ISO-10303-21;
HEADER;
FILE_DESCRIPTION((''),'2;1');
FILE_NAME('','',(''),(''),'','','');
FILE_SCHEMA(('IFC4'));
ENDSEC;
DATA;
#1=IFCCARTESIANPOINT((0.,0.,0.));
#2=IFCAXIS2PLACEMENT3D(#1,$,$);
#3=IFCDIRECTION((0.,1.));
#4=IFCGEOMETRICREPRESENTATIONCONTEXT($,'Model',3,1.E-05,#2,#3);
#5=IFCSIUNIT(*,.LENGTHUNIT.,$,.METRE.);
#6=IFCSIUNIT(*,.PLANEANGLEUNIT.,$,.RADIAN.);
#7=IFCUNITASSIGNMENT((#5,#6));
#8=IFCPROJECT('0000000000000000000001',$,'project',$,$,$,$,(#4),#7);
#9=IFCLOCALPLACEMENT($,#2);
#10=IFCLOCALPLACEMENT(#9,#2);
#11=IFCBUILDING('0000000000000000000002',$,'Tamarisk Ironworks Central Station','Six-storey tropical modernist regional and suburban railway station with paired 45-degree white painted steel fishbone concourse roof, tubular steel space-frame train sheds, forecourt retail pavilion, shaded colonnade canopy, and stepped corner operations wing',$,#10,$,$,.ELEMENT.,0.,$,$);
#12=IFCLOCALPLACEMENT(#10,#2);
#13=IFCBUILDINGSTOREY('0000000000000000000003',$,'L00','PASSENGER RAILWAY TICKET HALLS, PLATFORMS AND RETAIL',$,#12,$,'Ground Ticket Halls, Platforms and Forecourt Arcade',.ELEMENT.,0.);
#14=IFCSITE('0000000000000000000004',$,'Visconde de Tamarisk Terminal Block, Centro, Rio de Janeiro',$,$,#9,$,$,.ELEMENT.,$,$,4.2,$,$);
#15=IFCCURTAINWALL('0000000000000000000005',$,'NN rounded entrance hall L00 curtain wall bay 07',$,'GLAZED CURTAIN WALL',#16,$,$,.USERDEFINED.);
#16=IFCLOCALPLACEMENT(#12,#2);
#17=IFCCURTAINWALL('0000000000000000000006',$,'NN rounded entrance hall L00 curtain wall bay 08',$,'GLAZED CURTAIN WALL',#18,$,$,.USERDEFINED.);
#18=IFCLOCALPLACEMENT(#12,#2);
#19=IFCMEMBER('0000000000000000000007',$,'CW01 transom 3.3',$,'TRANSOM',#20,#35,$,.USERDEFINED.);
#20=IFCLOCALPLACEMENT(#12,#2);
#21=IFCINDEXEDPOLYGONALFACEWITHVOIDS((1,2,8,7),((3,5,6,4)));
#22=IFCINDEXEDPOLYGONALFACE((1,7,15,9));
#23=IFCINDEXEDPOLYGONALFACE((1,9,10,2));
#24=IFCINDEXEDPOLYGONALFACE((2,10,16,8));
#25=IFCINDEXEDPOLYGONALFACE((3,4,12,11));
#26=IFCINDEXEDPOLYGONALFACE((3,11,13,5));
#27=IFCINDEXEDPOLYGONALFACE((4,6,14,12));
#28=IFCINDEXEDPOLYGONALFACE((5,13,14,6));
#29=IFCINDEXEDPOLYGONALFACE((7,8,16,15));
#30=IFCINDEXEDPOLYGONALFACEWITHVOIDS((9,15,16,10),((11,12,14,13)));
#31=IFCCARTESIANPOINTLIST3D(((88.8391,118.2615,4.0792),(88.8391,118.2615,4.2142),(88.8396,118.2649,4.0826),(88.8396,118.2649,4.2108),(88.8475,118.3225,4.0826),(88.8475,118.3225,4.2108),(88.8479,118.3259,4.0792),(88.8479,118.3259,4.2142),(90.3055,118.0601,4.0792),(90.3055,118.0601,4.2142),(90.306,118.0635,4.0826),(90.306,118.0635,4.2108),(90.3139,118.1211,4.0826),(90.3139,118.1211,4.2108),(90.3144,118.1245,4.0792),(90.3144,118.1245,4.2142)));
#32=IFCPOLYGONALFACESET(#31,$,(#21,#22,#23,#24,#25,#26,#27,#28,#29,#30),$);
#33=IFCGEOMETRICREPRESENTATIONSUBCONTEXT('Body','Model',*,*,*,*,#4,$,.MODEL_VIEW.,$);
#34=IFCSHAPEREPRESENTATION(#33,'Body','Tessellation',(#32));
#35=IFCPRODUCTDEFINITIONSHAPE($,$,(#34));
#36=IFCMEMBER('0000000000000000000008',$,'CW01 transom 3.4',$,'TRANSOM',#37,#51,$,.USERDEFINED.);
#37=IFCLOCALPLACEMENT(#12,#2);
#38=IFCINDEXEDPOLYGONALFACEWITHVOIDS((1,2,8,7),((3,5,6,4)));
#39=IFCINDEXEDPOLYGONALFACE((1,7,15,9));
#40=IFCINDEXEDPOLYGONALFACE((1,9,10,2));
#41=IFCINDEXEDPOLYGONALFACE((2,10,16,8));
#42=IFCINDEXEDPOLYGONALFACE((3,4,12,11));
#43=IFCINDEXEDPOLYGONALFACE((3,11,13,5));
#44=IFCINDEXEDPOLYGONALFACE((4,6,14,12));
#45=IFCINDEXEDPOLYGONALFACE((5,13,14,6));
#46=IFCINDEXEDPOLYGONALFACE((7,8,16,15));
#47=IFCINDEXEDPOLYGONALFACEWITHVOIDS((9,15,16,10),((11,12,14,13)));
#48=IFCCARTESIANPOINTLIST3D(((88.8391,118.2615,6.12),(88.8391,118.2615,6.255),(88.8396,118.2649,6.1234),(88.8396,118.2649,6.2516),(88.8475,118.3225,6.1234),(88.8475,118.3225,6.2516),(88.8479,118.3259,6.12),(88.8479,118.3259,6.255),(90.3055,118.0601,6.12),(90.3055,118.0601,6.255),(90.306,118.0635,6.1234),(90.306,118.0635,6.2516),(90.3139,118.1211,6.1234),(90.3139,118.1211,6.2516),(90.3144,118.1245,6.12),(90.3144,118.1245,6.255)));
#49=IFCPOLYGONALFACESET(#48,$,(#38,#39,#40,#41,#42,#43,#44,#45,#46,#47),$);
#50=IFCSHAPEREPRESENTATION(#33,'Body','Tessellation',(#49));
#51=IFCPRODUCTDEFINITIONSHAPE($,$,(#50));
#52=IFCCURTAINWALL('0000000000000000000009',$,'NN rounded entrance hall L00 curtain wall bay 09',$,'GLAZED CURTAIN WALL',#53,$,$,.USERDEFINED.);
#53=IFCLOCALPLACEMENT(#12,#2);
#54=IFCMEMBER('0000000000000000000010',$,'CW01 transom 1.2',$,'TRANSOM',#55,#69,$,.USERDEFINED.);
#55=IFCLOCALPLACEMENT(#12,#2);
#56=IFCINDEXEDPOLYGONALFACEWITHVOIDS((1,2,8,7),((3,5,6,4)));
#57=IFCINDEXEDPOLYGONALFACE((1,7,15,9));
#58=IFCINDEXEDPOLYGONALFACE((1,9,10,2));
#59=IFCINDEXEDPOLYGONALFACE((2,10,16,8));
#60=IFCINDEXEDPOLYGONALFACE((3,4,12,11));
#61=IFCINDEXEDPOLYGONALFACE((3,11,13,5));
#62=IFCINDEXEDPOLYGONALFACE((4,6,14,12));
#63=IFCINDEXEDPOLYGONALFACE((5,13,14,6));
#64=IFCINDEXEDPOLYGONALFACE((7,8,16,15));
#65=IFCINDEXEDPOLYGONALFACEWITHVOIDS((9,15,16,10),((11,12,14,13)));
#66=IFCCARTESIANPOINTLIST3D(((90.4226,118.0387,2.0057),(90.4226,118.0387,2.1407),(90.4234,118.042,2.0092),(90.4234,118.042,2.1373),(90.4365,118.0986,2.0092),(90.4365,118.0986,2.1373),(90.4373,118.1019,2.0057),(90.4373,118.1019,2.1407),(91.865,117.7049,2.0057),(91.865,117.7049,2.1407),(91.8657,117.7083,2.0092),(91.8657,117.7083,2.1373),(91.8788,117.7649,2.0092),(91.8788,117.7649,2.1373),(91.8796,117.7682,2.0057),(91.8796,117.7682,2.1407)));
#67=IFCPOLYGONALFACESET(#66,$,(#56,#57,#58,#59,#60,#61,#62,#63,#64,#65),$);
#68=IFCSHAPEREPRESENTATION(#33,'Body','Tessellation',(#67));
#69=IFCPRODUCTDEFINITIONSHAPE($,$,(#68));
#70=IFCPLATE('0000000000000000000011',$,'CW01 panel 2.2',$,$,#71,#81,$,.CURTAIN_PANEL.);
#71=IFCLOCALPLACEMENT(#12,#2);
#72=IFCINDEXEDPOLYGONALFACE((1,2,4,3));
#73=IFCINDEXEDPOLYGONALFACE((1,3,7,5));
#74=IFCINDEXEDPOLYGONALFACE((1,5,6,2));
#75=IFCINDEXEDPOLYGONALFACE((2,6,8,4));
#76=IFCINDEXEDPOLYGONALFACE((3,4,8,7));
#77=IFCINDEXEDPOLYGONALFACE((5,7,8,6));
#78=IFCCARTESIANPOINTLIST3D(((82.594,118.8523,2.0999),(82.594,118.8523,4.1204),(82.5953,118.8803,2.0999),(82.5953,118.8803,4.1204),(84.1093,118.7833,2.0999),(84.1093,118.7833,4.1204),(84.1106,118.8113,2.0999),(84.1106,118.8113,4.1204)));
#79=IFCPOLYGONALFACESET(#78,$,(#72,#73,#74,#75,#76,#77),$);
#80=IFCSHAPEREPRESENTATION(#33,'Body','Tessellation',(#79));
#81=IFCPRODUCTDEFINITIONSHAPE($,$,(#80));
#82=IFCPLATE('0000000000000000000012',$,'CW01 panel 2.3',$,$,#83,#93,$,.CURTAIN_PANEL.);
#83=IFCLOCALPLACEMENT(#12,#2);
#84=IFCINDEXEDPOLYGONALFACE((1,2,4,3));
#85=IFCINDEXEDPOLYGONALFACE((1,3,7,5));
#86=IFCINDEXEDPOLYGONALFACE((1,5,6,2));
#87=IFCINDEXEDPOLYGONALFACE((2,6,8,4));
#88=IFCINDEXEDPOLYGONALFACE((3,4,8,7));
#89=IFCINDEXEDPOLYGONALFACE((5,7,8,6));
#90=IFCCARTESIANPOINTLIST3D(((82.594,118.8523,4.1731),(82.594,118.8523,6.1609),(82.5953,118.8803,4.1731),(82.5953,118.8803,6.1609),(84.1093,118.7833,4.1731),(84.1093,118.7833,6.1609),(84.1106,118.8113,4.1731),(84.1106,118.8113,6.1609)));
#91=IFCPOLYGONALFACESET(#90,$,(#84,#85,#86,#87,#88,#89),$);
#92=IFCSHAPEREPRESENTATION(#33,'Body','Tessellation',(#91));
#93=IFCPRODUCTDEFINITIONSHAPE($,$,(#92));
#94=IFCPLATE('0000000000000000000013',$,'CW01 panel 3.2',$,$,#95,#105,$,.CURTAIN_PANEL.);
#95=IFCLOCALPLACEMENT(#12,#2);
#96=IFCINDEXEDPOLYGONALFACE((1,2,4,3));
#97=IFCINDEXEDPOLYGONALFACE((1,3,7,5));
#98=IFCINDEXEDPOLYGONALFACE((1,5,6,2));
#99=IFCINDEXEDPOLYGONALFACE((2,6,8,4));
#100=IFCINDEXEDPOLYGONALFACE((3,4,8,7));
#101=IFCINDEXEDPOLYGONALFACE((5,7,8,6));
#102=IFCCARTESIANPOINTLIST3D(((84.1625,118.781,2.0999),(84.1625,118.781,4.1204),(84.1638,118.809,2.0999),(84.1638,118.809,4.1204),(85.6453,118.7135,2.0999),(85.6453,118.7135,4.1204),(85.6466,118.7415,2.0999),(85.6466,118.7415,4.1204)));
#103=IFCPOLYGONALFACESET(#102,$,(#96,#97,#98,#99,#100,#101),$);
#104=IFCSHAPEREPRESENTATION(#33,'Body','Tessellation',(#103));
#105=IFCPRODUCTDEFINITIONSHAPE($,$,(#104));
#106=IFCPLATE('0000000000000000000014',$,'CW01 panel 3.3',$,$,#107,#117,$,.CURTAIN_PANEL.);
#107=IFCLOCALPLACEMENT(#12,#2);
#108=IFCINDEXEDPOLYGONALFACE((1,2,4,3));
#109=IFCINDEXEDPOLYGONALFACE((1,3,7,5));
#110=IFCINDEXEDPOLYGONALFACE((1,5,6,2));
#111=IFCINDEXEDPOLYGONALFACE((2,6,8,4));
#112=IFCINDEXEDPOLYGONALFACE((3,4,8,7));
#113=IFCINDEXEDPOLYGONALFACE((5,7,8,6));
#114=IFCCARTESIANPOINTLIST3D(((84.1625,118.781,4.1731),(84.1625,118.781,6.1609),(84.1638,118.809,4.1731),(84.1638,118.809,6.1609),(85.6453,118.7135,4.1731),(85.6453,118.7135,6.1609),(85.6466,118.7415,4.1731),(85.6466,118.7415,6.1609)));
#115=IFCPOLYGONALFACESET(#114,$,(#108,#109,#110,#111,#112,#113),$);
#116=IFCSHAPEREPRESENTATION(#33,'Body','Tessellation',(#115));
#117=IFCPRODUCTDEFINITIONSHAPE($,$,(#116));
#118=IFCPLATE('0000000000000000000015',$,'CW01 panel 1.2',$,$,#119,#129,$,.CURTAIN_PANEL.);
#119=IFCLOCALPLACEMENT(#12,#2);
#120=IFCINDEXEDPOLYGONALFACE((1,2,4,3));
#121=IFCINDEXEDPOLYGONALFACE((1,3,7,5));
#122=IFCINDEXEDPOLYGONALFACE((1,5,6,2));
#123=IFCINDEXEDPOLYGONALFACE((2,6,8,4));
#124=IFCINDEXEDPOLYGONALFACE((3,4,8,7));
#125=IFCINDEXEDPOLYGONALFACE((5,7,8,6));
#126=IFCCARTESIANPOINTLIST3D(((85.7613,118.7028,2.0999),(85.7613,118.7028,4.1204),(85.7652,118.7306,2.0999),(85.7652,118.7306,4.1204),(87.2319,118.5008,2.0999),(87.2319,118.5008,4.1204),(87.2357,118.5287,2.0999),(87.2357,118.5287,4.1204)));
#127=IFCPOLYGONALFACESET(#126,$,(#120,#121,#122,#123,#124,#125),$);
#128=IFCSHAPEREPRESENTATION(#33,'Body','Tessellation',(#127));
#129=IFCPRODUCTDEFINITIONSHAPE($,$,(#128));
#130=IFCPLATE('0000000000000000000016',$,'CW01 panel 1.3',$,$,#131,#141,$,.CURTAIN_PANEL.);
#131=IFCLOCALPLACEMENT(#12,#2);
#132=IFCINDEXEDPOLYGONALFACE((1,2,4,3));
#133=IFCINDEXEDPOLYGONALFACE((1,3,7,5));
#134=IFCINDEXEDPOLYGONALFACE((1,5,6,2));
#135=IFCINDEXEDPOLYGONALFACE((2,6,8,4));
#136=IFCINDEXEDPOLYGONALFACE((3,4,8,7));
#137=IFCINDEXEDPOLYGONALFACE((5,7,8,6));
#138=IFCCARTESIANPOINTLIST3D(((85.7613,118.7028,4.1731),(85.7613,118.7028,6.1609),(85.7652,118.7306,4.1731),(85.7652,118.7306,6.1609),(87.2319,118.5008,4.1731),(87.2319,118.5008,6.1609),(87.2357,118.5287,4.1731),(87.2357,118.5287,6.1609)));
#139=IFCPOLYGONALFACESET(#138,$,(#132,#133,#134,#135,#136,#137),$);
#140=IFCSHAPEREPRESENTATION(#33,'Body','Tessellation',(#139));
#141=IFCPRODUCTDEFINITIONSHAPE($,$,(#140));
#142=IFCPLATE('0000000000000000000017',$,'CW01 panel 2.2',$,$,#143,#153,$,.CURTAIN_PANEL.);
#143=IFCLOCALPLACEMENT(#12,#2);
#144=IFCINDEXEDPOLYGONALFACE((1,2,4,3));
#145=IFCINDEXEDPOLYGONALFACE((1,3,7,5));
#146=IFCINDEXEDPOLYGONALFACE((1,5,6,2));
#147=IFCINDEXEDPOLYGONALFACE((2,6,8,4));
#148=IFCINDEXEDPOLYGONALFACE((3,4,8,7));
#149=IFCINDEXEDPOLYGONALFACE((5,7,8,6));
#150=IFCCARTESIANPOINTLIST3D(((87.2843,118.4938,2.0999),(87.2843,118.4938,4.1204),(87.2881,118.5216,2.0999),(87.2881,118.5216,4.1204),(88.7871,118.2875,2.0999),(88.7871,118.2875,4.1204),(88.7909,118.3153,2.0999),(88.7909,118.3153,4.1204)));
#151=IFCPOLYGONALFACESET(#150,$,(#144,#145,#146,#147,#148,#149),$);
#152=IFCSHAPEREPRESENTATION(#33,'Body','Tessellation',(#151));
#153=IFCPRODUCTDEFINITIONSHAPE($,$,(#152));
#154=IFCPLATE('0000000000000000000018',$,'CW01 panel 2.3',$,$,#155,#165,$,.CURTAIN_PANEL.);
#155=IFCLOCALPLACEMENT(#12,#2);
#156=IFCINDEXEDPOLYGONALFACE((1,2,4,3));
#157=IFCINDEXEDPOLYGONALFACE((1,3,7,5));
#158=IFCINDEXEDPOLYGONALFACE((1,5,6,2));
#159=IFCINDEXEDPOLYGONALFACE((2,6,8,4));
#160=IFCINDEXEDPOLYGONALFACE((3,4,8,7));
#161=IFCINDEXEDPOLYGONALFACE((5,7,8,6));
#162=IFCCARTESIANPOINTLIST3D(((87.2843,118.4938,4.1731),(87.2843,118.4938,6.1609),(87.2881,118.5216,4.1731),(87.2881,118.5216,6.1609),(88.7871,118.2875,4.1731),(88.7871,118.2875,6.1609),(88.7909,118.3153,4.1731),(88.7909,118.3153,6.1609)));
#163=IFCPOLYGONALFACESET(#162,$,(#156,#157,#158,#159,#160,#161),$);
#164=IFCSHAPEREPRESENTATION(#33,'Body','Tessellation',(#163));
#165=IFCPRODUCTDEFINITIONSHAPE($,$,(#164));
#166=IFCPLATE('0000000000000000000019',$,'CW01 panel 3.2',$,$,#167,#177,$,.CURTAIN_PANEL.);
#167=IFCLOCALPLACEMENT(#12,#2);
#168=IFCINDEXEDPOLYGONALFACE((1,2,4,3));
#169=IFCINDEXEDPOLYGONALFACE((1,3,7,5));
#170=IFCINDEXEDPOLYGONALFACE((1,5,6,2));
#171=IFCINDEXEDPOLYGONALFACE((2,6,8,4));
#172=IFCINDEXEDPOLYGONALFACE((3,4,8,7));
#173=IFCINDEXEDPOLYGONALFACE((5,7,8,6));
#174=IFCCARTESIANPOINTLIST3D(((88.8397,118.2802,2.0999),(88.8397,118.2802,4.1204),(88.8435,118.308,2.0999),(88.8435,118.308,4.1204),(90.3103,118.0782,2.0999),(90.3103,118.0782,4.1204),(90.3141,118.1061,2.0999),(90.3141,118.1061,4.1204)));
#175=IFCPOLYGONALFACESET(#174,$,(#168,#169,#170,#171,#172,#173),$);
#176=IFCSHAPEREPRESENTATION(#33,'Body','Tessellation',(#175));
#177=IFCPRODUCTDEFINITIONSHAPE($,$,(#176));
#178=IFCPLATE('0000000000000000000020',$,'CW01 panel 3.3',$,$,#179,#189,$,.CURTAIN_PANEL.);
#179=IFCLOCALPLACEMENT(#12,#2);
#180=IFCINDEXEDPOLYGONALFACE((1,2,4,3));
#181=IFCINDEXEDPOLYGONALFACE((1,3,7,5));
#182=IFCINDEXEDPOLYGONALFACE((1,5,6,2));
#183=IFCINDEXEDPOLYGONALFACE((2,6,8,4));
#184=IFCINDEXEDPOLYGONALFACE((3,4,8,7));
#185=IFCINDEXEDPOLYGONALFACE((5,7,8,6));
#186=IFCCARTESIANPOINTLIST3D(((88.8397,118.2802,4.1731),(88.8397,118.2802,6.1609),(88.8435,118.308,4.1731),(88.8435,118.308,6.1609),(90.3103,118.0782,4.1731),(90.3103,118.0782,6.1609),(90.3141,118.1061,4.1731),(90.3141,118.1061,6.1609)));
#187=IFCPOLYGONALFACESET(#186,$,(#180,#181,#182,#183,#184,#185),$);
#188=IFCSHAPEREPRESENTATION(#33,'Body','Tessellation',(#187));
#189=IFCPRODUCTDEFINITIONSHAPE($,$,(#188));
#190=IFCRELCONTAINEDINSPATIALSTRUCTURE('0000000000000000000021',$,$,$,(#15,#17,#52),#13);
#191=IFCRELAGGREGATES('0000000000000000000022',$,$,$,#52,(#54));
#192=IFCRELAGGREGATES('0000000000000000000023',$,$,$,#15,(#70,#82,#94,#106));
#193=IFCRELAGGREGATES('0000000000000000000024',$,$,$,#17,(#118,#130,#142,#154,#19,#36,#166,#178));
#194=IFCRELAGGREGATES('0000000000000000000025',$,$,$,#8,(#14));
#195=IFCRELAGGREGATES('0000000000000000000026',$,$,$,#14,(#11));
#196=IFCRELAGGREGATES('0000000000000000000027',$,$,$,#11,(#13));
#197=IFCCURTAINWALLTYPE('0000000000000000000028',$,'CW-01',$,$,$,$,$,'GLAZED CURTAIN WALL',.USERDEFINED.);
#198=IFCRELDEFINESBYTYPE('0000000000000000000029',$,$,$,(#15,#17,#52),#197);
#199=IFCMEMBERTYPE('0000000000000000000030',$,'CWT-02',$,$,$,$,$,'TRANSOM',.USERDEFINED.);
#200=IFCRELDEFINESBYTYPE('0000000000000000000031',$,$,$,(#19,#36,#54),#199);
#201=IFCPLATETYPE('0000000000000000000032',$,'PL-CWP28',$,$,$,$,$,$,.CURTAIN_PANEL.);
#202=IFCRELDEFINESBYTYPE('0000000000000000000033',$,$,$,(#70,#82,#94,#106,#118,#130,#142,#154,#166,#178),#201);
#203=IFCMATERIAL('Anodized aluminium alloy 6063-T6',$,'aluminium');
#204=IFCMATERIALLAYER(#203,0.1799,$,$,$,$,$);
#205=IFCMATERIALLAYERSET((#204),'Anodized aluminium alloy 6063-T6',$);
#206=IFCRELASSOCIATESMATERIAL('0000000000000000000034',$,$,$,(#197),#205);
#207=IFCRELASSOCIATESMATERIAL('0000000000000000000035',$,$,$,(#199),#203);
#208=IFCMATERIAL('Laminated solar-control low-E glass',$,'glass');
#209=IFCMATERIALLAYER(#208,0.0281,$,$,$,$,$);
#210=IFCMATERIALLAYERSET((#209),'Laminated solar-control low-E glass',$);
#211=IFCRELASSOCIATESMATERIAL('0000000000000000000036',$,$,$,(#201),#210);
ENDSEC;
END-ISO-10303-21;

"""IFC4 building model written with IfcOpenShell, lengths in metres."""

from ifc_helpers import new_model, si_unit, direction, frame, origin, origin_2d, place, context, subcontext, project, spatial, rectangle, hollow_rectangle, extrude, material, layer, layer_set, material_profile, profile_set, type_object, element, aggregate, save


model = new_model("IFC4")

# Units and contexts
model_context = context("Model", 3, precision=1e-05, world=origin(), true_north=direction((0.0, 1.0)))
body_context = subcontext(model_context, "Body", "Model", "MODEL_VIEW")
ifc_project = project(units=[si_unit("LENGTHUNIT", "METRE"), si_unit("PLANEANGLEUNIT", "RADIAN")], contexts=[model_context])

# Site, building, storey
site_placement = place(None, origin())
site = spatial("IfcSite", under=ifc_project, at=site_placement, Name="Visconde de Tamarisk Terminal Block, Centro, Rio de Janeiro", CompositionType="ELEMENT", RefElevation=4.2)
building_placement = place(site_placement, origin())
building = spatial("IfcBuilding", under=site, at=building_placement, Name="Tamarisk Ironworks Central Station", Description="Six-storey tropical modernist regional and suburban railway station with paired 45-degree white painted steel fishbone concourse roof, tubular steel space-frame train sheds, forecourt retail pavilion, shaded colonnade canopy, and stepped corner operations wing", CompositionType="ELEMENT", ElevationOfRefHeight=0.0)
storey_placement = place(building_placement, origin())
storey = spatial("IfcBuildingStorey", under=building, at=storey_placement, Name="L00", Description="PASSENGER RAILWAY TICKET HALLS, PLATFORMS AND RETAIL", LongName="Ground Ticket Halls, Platforms and Forecourt Arcade", CompositionType="ELEMENT", Elevation=0.0)

# Curtain walls, members
ifc_material_1 = material(Name="Anodized aluminium alloy 6063-T6", Category="aluminium")
ifc_layer_1 = layer(ifc_material_1, 0.1799)
ifc_layer_set_1 = layer_set([ifc_layer_1], Name="Anodized aluminium alloy 6063-T6")
curtain_wall_type = type_object("IfcCurtainWallType", Name="CW-01", ElementType="GLAZED CURTAIN WALL", PredefinedType="USERDEFINED", material=ifc_layer_set_1)
curtain_wall_1_placement = place(storey_placement, origin())
curtain_wall_1 = element("IfcCurtainWall", 1, at=curtain_wall_1_placement, inside=storey, type_object=curtain_wall_type, Name="NN rounded entrance hall L00 curtain wall bay 07", ObjectType="GLAZED CURTAIN WALL", PredefinedType="USERDEFINED")
ifc_material_profile = material_profile(ifc_material_1, hollow_rectangle(XDim=0.0649, YDim=0.135, WallThickness=0.0034, at=origin_2d()), Name="ALUM 135x65")
ifc_profile_set = profile_set([ifc_material_profile], Name="Anodized aluminium alloy 6063-T6")
member_type = type_object("IfcMemberType", Name="CWT-02", ElementType="TRANSOM", PredefinedType="USERDEFINED", material=ifc_profile_set)
curtain_wall_2_placement = place(storey_placement, origin())
curtain_wall_2 = element("IfcCurtainWall", 2, at=curtain_wall_2_placement, inside=storey, type_object=curtain_wall_type, Name="NN rounded entrance hall L00 curtain wall bay 08", ObjectType="GLAZED CURTAIN WALL", PredefinedType="USERDEFINED")
member_1_placement = place(storey_placement, frame((88.8435, 118.2937, 4.1467), z_axis=(0.9907, -0.136063, 0.0), x_axis=(0.136063, 0.9907, 0.0)))
member_1 = element("IfcMember", 3, at=member_1_placement, type_object=member_type, Name="CW01 transom 3.3", ObjectType="TRANSOM", PredefinedType="USERDEFINED", context=body_context, shape_type="SweptSolid", body=[
    extrude(hollow_rectangle(XDim=0.0649, YDim=0.135, WallThickness=0.0034, at=origin_2d()), origin(), (0.0, 0.0, 1.0), 1.4802),
])
member_2_placement = place(storey_placement, frame((88.8435, 118.2937, 6.1875), z_axis=(0.9907, -0.136063, 0.0), x_axis=(0.136063, 0.9907, 0.0)))
member_2 = element("IfcMember", 4, at=member_2_placement, type_object=member_type, Name="CW01 transom 3.4", ObjectType="TRANSOM", PredefinedType="USERDEFINED", context=body_context, shape_type="SweptSolid", body=[
    extrude(hollow_rectangle(XDim=0.0649, YDim=0.135, WallThickness=0.0034, at=origin_2d()), origin(), (0.0, 0.0, 1.0), 1.4802),
])

# Curtain wall, member
curtain_wall_3_placement = place(storey_placement, origin())
curtain_wall_3 = element("IfcCurtainWall", 5, at=curtain_wall_3_placement, inside=storey, type_object=curtain_wall_type, Name="NN rounded entrance hall L00 curtain wall bay 09", ObjectType="GLAZED CURTAIN WALL", PredefinedType="USERDEFINED")
member_3_placement = place(storey_placement, frame((90.4299, 118.0703, 2.0732), z_axis=(0.97426, -0.225426, 0.0), x_axis=(0.225426, 0.97426, 0.0)))
member_3 = element("IfcMember", 6, at=member_3_placement, type_object=member_type, Name="CW01 transom 1.2", ObjectType="TRANSOM", PredefinedType="USERDEFINED", context=body_context, shape_type="SweptSolid", body=[
    extrude(hollow_rectangle(XDim=0.0649, YDim=0.135, WallThickness=0.0034, at=origin_2d()), origin(), (0.0, 0.0, 1.0), 1.4805),
])
aggregate(curtain_wall_3, [member_3])

# Plates
ifc_material_2 = material(Name="Laminated solar-control low-E glass", Category="glass")
ifc_layer_2 = layer(ifc_material_2, 0.0281)
ifc_layer_set_2 = layer_set([ifc_layer_2], Name="Laminated solar-control low-E glass")
plate_type = type_object("IfcPlateType", Name="PL-CWP28", PredefinedType="CURTAIN_PANEL", material=ifc_layer_set_2)
plate_1_placement = place(storey_placement, frame((83.3523, 118.8318, 2.0999), z_axis=(0.0, 0.0, 1.0), x_axis=(0.998965, -0.045481, 0.0)))
plate_1 = element("IfcPlate", 7, at=plate_1_placement, type_object=plate_type, Name="CW01 panel 2.2", PredefinedType="CURTAIN_PANEL", context=body_context, shape_type="SweptSolid", body=[
    extrude(rectangle(XDim=1.5168, YDim=0.0281, at=origin_2d()), origin(), (0.0, 0.0, 1.0), 2.0205),
])
plate_2_placement = place(storey_placement, frame((83.3523, 118.8318, 4.1731), z_axis=(0.0, 0.0, 1.0), x_axis=(0.998965, -0.045481, 0.0)))
plate_2 = element("IfcPlate", 8, at=plate_2_placement, type_object=plate_type, Name="CW01 panel 2.3", PredefinedType="CURTAIN_PANEL", context=body_context, shape_type="SweptSolid", body=[
    extrude(rectangle(XDim=1.5168, YDim=0.0281, at=origin_2d()), origin(), (0.0, 0.0, 1.0), 1.9878),
])
plate_3_placement = place(storey_placement, frame((84.9045, 118.7612, 2.0999), z_axis=(0.0, 0.0, 1.0), x_axis=(0.998965, -0.045481, 0.0)))
plate_3 = element("IfcPlate", 9, at=plate_3_placement, type_object=plate_type, Name="CW01 panel 3.2", PredefinedType="CURTAIN_PANEL", context=body_context, shape_type="SweptSolid", body=[
    extrude(rectangle(XDim=1.4844, YDim=0.0281, at=origin_2d()), origin(), (0.0, 0.0, 1.0), 2.0205),
])
plate_4_placement = place(storey_placement, frame((84.9045, 118.7612, 4.1731), z_axis=(0.0, 0.0, 1.0), x_axis=(0.998965, -0.045481, 0.0)))
plate_4 = element("IfcPlate", 10, at=plate_4_placement, type_object=plate_type, Name="CW01 panel 3.3", PredefinedType="CURTAIN_PANEL", context=body_context, shape_type="SweptSolid", body=[
    extrude(rectangle(XDim=1.4844, YDim=0.0281, at=origin_2d()), origin(), (0.0, 0.0, 1.0), 1.9878),
])
aggregate(curtain_wall_1, [plate_1, plate_2, plate_3, plate_4])
plate_5_placement = place(storey_placement, frame((86.4985, 118.6157, 2.0999), z_axis=(0.0, 0.0, 1.0), x_axis=(0.990703, -0.136042, 0.0)))
plate_5 = element("IfcPlate", 11, at=plate_5_placement, type_object=plate_type, Name="CW01 panel 1.2", PredefinedType="CURTAIN_PANEL", context=body_context, shape_type="SweptSolid", body=[
    extrude(rectangle(XDim=1.4844, YDim=0.0281, at=origin_2d()), origin(), (0.0, 0.0, 1.0), 2.0205),
])
plate_6_placement = place(storey_placement, frame((86.4985, 118.6157, 4.1731), z_axis=(0.0, 0.0, 1.0), x_axis=(0.990703, -0.136042, 0.0)))
plate_6 = element("IfcPlate", 12, at=plate_6_placement, type_object=plate_type, Name="CW01 panel 1.3", PredefinedType="CURTAIN_PANEL", context=body_context, shape_type="SweptSolid", body=[
    extrude(rectangle(XDim=1.4844, YDim=0.0281, at=origin_2d()), origin(), (0.0, 0.0, 1.0), 1.9878),
])
plate_7_placement = place(storey_placement, frame((88.0376, 118.4045, 2.0999), z_axis=(0.0, 0.0, 1.0), x_axis=(0.990703, -0.136042, 0.0)))
plate_7 = element("IfcPlate", 13, at=plate_7_placement, type_object=plate_type, Name="CW01 panel 2.2", PredefinedType="CURTAIN_PANEL", context=body_context, shape_type="SweptSolid", body=[
    extrude(rectangle(XDim=1.5168, YDim=0.0281, at=origin_2d()), origin(), (0.0, 0.0, 1.0), 2.0205),
])
plate_8_placement = place(storey_placement, frame((88.0376, 118.4045, 4.1731), z_axis=(0.0, 0.0, 1.0), x_axis=(0.990703, -0.136042, 0.0)))
plate_8 = element("IfcPlate", 14, at=plate_8_placement, type_object=plate_type, Name="CW01 panel 2.3", PredefinedType="CURTAIN_PANEL", context=body_context, shape_type="SweptSolid", body=[
    extrude(rectangle(XDim=1.5168, YDim=0.0281, at=origin_2d()), origin(), (0.0, 0.0, 1.0), 1.9878),
])
plate_9_placement = place(storey_placement, frame((89.5769, 118.1931, 2.0999), z_axis=(0.0, 0.0, 1.0), x_axis=(0.990703, -0.136042, 0.0)))
plate_9 = element("IfcPlate", 15, at=plate_9_placement, type_object=plate_type, Name="CW01 panel 3.2", PredefinedType="CURTAIN_PANEL", context=body_context, shape_type="SweptSolid", body=[
    extrude(rectangle(XDim=1.4844, YDim=0.0281, at=origin_2d()), origin(), (0.0, 0.0, 1.0), 2.0205),
])
plate_10_placement = place(storey_placement, frame((89.5769, 118.1931, 4.1731), z_axis=(0.0, 0.0, 1.0), x_axis=(0.990703, -0.136042, 0.0)))
plate_10 = element("IfcPlate", 16, at=plate_10_placement, type_object=plate_type, Name="CW01 panel 3.3", PredefinedType="CURTAIN_PANEL", context=body_context, shape_type="SweptSolid", body=[
    extrude(rectangle(XDim=1.4844, YDim=0.0281, at=origin_2d()), origin(), (0.0, 0.0, 1.0), 1.9878),
])
aggregate(curtain_wall_2, [plate_5, plate_6, plate_7, plate_8, member_1, member_2, plate_9, plate_10])

save(model, "model.ifc")
